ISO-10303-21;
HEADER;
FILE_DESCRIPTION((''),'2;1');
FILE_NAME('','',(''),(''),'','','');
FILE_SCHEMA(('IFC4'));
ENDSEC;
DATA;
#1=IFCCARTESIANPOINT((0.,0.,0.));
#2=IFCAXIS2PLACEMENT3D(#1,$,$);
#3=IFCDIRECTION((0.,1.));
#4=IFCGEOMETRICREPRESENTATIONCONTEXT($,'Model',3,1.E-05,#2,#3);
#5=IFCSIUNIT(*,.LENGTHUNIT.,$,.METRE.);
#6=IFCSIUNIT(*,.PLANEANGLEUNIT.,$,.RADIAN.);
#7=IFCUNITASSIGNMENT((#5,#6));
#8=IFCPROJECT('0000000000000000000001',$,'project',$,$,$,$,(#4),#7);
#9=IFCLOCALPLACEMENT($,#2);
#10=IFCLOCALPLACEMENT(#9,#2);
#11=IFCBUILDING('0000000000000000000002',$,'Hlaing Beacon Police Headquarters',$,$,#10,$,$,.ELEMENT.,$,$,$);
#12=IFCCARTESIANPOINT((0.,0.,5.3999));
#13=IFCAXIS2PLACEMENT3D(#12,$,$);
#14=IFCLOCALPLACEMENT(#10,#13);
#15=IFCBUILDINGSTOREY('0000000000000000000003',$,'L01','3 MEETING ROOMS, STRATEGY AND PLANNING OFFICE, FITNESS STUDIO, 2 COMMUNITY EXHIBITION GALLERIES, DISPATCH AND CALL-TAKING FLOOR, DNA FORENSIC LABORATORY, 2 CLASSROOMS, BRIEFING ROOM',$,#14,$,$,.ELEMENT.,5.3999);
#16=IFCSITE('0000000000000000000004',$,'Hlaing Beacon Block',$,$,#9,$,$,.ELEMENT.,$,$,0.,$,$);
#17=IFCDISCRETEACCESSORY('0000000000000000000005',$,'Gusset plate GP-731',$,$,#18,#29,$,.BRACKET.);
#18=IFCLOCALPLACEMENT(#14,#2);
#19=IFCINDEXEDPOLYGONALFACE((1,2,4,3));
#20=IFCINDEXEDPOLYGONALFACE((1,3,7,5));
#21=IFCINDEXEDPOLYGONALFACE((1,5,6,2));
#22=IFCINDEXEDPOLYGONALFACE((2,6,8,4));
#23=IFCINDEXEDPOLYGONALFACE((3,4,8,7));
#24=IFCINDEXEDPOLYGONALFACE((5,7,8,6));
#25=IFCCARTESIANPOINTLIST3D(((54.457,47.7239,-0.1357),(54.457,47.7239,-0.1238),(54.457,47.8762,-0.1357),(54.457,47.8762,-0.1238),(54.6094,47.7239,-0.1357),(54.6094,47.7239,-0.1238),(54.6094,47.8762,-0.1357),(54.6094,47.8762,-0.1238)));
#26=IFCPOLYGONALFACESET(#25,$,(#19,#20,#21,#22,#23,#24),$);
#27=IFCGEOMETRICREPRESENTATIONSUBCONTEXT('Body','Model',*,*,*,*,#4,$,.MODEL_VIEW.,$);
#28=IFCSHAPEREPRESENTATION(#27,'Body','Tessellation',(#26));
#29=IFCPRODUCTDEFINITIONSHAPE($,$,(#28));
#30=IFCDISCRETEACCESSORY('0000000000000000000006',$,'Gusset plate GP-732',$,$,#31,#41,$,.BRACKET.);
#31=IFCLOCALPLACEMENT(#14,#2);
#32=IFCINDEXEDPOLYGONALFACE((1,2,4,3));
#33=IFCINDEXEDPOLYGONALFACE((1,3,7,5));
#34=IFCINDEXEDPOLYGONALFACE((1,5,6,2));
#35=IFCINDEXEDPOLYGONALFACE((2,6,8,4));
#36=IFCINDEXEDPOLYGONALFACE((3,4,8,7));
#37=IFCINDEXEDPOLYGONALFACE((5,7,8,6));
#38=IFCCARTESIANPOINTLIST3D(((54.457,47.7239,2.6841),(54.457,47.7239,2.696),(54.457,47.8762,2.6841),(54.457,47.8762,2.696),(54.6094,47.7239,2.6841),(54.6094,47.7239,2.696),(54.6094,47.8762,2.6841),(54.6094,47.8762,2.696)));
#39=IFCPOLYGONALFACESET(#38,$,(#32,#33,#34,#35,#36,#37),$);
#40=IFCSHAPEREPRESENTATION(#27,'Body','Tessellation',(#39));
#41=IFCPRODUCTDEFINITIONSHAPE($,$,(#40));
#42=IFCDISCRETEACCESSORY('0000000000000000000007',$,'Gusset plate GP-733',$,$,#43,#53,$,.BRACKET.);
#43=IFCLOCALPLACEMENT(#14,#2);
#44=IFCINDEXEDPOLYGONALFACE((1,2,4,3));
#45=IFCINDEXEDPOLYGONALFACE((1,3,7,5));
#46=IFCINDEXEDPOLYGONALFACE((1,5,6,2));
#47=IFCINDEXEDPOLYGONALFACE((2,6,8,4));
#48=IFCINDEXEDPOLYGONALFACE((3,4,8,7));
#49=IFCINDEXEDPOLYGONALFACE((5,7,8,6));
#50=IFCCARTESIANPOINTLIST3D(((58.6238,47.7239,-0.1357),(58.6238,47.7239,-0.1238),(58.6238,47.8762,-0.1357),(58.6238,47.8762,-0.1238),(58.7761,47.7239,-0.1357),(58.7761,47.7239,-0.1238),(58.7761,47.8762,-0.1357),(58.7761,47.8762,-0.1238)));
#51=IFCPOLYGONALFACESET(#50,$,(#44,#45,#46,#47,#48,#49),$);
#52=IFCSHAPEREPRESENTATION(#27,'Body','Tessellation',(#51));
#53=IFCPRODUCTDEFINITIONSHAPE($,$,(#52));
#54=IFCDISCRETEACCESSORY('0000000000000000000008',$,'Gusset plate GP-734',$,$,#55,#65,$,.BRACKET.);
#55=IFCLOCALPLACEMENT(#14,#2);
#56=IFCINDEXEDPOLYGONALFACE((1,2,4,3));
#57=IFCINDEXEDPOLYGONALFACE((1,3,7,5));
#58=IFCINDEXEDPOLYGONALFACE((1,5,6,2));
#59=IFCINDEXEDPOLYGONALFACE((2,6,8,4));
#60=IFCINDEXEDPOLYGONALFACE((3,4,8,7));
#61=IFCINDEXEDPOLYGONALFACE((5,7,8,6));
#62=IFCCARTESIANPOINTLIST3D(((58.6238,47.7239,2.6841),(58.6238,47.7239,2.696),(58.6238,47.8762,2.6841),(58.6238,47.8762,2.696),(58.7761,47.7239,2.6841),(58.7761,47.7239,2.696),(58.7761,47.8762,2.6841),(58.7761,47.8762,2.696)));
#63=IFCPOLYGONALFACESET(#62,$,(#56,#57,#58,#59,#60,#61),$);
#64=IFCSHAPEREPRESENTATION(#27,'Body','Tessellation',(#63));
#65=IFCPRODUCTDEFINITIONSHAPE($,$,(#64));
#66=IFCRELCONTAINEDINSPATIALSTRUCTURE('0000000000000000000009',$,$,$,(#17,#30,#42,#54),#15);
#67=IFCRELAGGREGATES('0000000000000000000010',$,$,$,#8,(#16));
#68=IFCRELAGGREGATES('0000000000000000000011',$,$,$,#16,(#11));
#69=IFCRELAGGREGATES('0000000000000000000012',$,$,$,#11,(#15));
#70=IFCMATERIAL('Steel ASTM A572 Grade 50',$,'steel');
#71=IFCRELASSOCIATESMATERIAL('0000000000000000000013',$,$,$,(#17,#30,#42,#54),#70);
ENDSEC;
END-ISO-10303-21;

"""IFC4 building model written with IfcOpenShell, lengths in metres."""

from ifc_helpers import new_model, si_unit, direction, frame, origin, origin_2d, place, context, subcontext, project, spatial, rectangle, extrude, material, element, save


model = new_model("IFC4")

# Units and contexts
model_context = context("Model", 3, precision=1e-05, world=origin(), true_north=direction((0.0, 1.0)))
body_context = subcontext(model_context, "Body", "Model", "MODEL_VIEW")
ifc_project = project(units=[si_unit("LENGTHUNIT", "METRE"), si_unit("PLANEANGLEUNIT", "RADIAN")], contexts=[model_context])

# Site, building, storey
site_placement = place(None, origin())
site = spatial("IfcSite", under=ifc_project, at=site_placement, Name="Hlaing Beacon Block", CompositionType="ELEMENT", RefElevation=0.0)
building_placement = place(site_placement, origin())
building = spatial("IfcBuilding", under=site, at=building_placement, Name="Hlaing Beacon Police Headquarters", CompositionType="ELEMENT")
storey_placement = place(building_placement, frame((0.0, 0.0, 5.3999)))
storey = spatial("IfcBuildingStorey", under=building, at=storey_placement, Name="L01", Description="3 MEETING ROOMS, STRATEGY AND PLANNING OFFICE, FITNESS STUDIO, 2 COMMUNITY EXHIBITION GALLERIES, DISPATCH AND CALL-TAKING FLOOR, DNA FORENSIC LABORATORY, 2 CLASSROOMS, BRIEFING ROOM", CompositionType="ELEMENT", Elevation=5.3999)

# Discrete accessories
ifc_material_1 = material(Name="Steel ASTM A572 Grade 50", Category="steel")
for number, where, z_axis, x_axis, name in (
    (1, (54.5332, 47.8, -0.1238), (0.0, 0.0, -1.0), (1.0, 0.0, 0.0), "Gusset plate GP-731"),
    (2, (54.5332, 47.8, 2.6841), (0.0, 0.0, 1.0), (1.0, 0.0, 0.0), "Gusset plate GP-732"),
    (3, (58.7, 47.8, -0.1238), (0.0, 0.0, -1.0), (1.0, 0.0, 0.0), "Gusset plate GP-733"),
    (4, (58.7, 47.8, 2.6841), (0.0, 0.0, 1.0), (1.0, 0.0, 0.0), "Gusset plate GP-734"),
):
    element("IfcDiscreteAccessory", number, at=place(storey_placement, frame(where, z_axis=z_axis, x_axis=x_axis)), inside=storey, material=ifc_material_1, Name=name, PredefinedType="BRACKET", context=body_context, shape_type="SweptSolid", body=[
        extrude(rectangle(XDim=0.1523, YDim=0.1523, at=origin_2d()), origin(), (0.0, 0.0, 1.0), 0.012),
    ])

save(model, "model.ifc")
